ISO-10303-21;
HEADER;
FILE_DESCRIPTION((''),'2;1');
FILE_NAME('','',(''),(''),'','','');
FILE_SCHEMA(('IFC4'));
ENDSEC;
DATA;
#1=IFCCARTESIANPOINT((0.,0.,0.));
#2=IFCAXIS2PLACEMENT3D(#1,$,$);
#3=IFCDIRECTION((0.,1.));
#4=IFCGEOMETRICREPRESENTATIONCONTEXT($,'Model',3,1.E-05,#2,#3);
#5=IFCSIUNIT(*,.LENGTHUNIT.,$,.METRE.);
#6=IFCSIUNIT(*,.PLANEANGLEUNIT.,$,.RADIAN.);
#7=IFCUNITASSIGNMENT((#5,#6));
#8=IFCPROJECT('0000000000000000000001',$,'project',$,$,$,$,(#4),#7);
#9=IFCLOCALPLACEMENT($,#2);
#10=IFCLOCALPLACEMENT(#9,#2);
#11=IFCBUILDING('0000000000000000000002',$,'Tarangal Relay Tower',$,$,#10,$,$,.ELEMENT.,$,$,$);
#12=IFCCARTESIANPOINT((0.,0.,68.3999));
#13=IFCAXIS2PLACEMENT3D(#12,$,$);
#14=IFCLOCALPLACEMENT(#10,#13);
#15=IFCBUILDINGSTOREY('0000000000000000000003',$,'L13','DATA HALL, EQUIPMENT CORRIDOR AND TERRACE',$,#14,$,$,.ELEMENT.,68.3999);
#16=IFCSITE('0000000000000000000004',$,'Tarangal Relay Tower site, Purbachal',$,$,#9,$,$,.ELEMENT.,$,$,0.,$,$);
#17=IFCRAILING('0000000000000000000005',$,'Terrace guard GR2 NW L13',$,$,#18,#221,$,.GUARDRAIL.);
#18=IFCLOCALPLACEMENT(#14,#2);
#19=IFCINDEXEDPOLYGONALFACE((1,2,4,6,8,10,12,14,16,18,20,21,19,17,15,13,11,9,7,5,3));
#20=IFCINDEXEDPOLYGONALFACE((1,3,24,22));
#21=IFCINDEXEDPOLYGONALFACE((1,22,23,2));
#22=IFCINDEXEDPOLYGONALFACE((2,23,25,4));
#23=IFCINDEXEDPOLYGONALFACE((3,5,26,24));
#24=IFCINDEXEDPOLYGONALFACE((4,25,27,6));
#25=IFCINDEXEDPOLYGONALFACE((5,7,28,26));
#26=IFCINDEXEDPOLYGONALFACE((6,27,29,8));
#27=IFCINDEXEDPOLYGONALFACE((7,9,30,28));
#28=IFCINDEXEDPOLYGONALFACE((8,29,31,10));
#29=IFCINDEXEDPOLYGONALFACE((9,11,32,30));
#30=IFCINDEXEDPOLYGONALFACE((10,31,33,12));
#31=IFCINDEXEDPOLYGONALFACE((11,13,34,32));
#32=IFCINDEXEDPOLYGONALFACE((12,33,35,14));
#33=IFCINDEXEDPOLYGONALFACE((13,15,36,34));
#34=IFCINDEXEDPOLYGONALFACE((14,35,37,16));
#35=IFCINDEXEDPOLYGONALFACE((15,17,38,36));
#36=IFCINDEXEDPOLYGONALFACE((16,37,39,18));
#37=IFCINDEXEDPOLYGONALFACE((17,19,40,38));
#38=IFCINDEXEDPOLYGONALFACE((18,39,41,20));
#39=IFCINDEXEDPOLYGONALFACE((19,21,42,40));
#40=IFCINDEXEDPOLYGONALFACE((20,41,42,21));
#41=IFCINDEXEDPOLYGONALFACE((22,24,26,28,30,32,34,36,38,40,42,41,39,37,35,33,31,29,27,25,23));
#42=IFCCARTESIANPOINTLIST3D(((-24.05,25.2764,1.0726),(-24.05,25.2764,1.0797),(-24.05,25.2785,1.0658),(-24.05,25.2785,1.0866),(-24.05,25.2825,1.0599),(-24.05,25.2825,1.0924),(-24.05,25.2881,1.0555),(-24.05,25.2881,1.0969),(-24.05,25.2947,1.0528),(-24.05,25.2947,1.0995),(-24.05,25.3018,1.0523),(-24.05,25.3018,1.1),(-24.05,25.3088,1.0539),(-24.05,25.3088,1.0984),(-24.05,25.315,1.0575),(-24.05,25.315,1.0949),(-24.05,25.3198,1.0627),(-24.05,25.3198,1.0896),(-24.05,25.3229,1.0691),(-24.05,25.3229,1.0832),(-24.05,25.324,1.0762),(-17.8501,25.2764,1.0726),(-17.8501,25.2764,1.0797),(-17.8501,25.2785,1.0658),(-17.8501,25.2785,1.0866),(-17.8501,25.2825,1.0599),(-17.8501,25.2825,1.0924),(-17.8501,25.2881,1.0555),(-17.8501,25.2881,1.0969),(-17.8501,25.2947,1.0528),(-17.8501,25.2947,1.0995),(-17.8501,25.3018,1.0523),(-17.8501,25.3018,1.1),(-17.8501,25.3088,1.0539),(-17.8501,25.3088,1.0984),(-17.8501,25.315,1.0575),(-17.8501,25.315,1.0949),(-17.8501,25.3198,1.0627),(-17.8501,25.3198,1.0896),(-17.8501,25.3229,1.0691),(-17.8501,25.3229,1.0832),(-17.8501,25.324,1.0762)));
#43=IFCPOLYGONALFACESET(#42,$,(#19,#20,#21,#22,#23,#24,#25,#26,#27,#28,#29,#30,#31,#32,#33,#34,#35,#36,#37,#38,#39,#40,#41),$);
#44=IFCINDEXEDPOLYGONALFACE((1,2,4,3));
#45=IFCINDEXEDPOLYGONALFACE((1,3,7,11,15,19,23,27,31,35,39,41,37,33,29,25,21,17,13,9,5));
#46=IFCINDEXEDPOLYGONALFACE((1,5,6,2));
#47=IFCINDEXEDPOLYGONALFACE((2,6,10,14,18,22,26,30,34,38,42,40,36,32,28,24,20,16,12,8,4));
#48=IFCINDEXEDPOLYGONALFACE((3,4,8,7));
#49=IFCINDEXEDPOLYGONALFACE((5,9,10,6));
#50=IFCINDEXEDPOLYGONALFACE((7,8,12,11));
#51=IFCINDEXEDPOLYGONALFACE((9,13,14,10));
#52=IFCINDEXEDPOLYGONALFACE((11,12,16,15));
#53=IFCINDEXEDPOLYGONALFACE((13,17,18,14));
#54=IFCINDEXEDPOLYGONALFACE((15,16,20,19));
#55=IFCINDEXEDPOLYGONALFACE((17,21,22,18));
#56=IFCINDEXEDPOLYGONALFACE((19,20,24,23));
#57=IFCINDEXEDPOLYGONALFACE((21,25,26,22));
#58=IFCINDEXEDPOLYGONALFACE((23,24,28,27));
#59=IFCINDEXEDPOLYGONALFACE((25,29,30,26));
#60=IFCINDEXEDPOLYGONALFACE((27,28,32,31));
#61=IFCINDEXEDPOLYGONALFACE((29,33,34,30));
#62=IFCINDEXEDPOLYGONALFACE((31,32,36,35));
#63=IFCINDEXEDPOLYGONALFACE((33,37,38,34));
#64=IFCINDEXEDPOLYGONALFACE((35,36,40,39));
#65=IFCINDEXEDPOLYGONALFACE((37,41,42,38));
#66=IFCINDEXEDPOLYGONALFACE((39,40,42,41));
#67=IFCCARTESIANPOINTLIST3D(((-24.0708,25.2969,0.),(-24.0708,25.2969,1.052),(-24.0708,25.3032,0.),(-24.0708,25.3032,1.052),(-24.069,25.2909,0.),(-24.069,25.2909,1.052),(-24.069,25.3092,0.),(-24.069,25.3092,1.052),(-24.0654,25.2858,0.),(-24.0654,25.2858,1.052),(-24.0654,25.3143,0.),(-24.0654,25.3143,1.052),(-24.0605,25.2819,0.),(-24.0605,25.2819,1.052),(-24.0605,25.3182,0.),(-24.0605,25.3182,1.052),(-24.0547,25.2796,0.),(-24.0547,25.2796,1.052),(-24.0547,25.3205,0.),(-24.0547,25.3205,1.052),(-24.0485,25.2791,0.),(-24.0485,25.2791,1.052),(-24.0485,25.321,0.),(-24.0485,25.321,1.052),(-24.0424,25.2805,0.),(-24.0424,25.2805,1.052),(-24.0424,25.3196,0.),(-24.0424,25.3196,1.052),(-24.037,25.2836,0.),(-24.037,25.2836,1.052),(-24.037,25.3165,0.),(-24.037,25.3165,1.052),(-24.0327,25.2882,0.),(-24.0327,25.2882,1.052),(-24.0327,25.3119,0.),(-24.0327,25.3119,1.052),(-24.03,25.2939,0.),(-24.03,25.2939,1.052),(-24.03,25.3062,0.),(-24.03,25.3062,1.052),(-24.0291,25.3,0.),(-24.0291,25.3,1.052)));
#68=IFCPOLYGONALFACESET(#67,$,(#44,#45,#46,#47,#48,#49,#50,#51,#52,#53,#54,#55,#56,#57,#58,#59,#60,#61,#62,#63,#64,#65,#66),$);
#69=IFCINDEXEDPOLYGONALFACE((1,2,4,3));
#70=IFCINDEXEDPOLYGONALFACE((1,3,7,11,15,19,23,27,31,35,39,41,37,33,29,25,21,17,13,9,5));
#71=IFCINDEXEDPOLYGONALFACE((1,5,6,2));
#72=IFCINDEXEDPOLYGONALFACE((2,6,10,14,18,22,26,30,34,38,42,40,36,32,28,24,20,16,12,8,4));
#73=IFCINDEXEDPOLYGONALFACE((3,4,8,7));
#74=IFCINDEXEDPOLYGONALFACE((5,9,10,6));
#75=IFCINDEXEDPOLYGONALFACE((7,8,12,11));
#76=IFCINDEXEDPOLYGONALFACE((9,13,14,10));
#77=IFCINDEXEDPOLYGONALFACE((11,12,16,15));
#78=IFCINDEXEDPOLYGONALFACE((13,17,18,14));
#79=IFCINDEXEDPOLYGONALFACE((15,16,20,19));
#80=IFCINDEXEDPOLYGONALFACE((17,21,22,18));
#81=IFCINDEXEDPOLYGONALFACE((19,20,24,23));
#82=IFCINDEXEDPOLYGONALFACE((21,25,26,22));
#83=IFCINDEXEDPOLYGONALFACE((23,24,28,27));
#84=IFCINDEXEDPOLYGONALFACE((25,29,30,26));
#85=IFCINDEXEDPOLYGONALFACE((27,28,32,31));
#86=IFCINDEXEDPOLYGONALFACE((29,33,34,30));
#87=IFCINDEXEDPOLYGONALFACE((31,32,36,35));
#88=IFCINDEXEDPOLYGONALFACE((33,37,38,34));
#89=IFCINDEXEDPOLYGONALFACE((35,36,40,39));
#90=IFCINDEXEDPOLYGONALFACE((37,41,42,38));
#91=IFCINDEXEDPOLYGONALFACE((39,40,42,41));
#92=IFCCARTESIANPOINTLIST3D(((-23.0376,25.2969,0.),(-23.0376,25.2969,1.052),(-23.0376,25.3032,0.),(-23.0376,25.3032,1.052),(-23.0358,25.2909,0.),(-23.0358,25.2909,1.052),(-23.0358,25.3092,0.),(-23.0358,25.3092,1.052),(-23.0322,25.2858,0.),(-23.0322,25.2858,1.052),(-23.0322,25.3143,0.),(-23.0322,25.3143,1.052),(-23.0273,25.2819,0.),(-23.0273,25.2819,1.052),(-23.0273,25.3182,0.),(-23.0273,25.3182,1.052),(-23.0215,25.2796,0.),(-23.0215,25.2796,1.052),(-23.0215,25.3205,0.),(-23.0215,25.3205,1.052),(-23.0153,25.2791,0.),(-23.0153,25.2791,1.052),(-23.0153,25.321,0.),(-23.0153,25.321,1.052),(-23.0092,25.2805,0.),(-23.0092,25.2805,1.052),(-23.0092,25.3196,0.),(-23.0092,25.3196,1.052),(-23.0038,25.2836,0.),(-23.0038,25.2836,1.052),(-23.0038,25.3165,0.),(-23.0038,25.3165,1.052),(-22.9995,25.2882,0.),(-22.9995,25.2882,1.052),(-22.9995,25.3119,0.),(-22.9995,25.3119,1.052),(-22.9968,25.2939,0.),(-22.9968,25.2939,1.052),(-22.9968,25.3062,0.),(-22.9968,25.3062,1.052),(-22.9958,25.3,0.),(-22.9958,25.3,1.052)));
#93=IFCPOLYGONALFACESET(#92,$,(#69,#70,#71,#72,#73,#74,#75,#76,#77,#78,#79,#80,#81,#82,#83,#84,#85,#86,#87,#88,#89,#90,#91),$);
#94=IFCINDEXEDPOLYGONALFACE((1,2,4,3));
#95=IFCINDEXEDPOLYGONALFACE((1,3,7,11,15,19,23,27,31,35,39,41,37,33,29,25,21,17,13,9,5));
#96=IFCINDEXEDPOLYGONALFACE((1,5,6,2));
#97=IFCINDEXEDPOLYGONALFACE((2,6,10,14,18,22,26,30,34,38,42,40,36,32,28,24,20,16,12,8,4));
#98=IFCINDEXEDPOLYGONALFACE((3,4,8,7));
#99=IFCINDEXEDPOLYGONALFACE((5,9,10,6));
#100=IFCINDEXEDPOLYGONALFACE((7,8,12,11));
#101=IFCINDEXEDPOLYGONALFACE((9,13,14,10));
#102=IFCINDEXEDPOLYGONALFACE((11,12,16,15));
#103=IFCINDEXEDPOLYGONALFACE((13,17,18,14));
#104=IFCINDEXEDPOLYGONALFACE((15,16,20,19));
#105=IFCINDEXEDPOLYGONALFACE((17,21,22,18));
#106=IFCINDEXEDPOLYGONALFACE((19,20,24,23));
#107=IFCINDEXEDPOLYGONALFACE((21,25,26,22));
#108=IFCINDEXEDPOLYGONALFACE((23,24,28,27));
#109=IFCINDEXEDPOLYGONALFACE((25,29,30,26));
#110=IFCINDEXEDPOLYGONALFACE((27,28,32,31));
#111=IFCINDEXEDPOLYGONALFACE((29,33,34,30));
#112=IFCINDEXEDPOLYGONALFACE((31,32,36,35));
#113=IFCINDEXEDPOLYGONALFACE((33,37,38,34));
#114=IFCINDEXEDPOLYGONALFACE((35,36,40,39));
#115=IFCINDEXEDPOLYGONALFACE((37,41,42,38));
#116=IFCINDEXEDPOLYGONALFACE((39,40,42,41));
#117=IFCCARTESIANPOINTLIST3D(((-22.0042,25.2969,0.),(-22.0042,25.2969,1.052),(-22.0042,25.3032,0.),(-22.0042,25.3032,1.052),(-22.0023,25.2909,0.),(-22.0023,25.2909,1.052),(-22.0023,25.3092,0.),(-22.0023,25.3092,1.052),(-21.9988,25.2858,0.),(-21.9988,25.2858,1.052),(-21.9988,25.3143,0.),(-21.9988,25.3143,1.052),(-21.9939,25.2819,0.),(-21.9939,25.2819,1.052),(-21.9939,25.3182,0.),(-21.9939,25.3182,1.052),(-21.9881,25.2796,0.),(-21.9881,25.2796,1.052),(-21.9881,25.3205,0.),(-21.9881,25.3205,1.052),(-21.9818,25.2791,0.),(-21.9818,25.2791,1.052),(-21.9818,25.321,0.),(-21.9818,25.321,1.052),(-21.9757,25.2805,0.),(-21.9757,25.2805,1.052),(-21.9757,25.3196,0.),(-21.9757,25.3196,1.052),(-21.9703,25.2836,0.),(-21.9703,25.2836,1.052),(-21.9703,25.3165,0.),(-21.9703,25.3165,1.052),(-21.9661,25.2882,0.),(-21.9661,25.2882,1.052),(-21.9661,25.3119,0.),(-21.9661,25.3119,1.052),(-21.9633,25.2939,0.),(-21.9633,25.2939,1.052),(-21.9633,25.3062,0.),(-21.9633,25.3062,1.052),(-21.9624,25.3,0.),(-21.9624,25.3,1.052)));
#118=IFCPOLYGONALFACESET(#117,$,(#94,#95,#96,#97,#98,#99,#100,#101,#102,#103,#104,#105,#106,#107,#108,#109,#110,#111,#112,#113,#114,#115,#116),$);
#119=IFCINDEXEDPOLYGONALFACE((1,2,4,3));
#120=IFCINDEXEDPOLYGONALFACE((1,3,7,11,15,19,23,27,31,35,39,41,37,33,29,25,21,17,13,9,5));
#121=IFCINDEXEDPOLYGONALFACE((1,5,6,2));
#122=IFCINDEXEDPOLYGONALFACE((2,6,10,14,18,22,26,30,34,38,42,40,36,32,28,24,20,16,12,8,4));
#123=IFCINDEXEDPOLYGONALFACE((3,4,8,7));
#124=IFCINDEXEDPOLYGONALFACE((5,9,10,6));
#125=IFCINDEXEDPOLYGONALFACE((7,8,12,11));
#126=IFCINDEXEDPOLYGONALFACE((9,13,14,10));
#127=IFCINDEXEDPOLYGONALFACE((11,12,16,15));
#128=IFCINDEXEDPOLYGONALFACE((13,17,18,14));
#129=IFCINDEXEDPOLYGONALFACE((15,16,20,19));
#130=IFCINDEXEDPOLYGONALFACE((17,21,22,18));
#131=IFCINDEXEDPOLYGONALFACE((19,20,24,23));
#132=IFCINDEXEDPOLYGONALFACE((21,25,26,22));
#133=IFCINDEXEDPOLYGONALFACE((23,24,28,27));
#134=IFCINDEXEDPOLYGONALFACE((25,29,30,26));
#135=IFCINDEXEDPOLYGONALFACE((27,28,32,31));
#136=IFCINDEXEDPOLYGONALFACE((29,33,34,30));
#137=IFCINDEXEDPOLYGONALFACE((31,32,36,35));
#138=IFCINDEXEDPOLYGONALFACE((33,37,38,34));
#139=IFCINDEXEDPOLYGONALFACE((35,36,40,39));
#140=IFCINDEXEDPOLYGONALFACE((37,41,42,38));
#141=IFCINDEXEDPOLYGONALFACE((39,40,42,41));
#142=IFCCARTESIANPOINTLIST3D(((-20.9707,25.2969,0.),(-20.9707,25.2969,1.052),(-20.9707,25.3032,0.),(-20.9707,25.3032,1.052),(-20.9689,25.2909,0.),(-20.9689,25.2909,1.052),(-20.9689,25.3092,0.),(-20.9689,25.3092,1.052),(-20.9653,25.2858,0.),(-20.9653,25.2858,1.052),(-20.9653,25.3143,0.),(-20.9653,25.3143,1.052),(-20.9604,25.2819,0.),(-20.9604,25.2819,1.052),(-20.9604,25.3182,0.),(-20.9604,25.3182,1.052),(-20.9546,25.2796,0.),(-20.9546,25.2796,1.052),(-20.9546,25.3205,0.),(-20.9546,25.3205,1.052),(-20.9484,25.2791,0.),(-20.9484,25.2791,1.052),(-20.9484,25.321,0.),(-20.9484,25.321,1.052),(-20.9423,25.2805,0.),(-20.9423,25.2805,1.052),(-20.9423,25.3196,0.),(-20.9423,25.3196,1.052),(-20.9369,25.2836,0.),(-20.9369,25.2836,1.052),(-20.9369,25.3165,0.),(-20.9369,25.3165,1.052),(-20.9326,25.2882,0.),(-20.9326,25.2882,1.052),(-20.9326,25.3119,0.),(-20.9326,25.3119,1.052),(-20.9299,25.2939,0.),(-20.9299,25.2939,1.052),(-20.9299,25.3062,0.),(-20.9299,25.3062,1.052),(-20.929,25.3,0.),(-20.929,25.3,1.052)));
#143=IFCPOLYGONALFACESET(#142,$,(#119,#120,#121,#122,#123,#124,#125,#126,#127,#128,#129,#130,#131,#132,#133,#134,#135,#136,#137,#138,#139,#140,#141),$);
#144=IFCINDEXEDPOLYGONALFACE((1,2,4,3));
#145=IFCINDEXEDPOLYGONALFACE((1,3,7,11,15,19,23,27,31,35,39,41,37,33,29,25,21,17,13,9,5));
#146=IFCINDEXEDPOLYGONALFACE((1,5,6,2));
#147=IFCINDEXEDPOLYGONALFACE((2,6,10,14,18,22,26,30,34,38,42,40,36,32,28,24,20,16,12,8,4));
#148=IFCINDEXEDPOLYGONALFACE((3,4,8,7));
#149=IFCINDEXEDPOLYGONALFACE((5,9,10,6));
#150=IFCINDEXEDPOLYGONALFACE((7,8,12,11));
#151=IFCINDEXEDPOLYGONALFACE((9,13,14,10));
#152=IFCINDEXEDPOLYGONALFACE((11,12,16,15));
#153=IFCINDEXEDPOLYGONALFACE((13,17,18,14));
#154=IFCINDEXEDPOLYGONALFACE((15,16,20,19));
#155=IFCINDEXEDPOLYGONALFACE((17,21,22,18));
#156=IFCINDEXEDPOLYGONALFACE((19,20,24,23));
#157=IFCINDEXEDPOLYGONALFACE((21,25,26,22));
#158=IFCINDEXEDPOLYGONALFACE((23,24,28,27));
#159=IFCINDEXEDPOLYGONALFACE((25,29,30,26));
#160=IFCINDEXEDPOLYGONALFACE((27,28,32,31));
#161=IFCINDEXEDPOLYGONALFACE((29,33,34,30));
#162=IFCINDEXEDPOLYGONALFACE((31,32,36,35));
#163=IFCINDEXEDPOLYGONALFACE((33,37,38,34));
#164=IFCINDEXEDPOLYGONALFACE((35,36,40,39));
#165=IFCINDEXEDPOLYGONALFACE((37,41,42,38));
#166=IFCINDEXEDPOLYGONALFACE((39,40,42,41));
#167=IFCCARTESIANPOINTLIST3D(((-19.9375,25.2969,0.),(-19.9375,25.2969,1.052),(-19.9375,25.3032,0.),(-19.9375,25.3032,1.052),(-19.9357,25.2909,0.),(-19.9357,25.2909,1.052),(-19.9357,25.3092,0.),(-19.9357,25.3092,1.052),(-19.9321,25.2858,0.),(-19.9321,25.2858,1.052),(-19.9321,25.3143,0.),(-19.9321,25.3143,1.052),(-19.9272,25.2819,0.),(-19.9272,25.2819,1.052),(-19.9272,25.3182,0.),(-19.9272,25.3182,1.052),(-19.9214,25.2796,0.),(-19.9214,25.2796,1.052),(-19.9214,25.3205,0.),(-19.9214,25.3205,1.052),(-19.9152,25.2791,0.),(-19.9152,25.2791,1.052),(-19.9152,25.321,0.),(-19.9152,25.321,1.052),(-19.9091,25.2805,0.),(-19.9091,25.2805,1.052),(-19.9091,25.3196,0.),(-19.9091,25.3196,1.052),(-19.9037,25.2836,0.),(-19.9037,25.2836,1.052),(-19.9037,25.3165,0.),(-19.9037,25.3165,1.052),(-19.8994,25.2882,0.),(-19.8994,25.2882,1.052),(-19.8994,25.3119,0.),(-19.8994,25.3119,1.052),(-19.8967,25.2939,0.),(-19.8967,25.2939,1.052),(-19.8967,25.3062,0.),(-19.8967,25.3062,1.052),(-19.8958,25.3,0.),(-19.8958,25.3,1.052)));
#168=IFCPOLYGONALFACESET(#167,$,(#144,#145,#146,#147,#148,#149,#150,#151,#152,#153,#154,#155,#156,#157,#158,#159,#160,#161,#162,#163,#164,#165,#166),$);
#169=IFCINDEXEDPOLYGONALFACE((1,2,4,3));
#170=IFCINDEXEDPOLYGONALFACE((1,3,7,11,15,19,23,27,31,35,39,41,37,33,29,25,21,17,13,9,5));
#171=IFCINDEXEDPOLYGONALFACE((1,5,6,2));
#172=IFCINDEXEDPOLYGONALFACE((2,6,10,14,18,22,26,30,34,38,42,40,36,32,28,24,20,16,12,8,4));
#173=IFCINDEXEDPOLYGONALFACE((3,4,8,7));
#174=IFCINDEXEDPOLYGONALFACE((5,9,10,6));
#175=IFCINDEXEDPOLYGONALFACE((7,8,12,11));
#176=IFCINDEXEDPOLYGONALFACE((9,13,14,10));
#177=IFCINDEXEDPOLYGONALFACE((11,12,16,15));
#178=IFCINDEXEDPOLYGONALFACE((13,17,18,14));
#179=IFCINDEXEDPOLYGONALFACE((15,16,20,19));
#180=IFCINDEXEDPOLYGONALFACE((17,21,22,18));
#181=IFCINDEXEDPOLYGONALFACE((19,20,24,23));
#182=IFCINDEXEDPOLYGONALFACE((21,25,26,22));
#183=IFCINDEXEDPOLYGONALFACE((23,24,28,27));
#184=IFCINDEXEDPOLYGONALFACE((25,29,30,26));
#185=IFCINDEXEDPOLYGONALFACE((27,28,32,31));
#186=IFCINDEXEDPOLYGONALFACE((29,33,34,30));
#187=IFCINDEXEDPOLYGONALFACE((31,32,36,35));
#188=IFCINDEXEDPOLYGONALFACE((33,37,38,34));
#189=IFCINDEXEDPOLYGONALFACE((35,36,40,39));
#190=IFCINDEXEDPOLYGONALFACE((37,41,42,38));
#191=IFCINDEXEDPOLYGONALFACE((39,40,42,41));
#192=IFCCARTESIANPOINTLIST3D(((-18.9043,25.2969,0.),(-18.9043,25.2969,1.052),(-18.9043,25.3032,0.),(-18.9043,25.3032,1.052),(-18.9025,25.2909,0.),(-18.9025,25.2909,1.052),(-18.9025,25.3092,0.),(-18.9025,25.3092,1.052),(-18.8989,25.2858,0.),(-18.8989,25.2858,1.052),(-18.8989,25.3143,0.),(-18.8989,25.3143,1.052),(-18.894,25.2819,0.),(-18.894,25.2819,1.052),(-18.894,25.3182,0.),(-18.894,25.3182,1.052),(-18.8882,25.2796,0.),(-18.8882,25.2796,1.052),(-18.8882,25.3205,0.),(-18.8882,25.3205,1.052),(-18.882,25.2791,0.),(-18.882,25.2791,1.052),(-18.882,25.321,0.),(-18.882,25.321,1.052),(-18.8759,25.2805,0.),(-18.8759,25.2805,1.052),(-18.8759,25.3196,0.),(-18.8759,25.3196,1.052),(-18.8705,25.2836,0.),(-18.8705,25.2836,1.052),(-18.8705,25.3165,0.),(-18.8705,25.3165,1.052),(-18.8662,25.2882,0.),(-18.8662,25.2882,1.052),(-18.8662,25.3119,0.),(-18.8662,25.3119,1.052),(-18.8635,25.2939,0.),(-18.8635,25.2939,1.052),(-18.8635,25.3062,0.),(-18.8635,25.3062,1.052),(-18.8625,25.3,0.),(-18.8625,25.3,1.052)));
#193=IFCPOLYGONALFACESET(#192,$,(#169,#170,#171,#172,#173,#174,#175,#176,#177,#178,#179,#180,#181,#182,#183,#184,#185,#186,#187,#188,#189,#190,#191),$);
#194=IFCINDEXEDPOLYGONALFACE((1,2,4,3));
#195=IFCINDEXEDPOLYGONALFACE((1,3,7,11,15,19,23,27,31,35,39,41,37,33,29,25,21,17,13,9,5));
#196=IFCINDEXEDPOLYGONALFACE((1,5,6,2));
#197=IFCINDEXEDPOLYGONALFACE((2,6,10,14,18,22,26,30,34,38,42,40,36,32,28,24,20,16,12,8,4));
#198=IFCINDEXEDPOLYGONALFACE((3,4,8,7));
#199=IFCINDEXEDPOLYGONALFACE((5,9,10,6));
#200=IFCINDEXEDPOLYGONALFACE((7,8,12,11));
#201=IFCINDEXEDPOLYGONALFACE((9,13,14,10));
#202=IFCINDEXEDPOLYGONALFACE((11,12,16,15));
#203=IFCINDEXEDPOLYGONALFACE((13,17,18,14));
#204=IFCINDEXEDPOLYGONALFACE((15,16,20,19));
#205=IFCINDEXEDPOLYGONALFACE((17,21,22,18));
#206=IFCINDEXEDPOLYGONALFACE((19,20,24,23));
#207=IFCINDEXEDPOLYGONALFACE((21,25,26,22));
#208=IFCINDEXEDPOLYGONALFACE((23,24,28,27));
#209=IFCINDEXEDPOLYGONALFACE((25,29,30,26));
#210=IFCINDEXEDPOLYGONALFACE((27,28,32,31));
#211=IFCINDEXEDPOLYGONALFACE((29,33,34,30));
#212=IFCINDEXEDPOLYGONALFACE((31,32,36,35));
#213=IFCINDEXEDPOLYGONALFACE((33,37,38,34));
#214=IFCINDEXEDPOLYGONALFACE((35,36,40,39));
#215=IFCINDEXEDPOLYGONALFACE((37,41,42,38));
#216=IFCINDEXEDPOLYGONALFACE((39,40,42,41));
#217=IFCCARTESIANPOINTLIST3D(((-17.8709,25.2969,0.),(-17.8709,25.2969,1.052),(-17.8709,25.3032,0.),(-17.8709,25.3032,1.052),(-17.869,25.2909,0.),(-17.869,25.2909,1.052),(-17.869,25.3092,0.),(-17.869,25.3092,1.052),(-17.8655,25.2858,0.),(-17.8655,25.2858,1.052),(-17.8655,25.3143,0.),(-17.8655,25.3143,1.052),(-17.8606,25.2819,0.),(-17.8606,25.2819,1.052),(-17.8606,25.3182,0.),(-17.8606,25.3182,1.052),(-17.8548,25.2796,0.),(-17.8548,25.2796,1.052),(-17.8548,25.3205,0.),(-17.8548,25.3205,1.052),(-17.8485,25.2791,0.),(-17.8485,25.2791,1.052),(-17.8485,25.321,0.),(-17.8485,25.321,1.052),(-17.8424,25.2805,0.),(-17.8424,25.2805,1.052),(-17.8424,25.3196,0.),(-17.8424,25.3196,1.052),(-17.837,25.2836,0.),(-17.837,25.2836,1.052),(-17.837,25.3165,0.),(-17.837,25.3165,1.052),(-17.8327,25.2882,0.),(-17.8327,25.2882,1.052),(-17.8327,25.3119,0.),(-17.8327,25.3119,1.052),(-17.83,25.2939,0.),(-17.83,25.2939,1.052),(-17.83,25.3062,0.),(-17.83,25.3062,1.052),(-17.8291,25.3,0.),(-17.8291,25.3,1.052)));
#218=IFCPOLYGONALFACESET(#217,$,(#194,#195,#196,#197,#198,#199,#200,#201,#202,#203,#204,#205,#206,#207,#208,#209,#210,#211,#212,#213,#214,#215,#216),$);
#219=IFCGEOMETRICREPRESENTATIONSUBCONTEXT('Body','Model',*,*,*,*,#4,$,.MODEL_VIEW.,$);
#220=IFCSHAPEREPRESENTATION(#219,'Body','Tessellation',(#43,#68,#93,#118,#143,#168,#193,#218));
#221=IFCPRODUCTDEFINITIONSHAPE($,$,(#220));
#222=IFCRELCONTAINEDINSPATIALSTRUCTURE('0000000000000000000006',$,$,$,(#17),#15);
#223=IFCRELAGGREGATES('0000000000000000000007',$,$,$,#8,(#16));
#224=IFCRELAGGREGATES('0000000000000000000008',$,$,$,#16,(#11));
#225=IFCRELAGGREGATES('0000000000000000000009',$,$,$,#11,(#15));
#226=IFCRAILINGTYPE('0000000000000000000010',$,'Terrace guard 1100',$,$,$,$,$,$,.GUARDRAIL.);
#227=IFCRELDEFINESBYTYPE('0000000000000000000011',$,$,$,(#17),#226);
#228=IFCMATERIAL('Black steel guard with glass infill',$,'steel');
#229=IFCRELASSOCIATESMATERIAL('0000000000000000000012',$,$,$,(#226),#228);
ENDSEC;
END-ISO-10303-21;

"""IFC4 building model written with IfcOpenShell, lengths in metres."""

from ifc_helpers import new_model, si_unit, direction, frame, origin, origin_2d, place, context, subcontext, project, spatial, circle, extrude, material, type_object, element, save


model = new_model("IFC4")

# Units and contexts
model_context = context("Model", 3, precision=1e-05, world=origin(), true_north=direction((0.0, 1.0)))
body_context = subcontext(model_context, "Body", "Model", "MODEL_VIEW")
ifc_project = project(units=[si_unit("LENGTHUNIT", "METRE"), si_unit("PLANEANGLEUNIT", "RADIAN")], contexts=[model_context])

# Site, building, storey
site_placement = place(None, origin())
site = spatial("IfcSite", under=ifc_project, at=site_placement, Name="Tarangal Relay Tower site, Purbachal", CompositionType="ELEMENT", RefElevation=0.0)
building_placement = place(site_placement, origin())
building = spatial("IfcBuilding", under=site, at=building_placement, Name="Tarangal Relay Tower", CompositionType="ELEMENT")
storey_placement = place(building_placement, frame((0.0, 0.0, 68.3999)))
storey = spatial("IfcBuildingStorey", under=building, at=storey_placement, Name="L13", Description="DATA HALL, EQUIPMENT CORRIDOR AND TERRACE", CompositionType="ELEMENT", Elevation=68.3999)

# Railing
ifc_material_1 = material(Name="Black steel guard with glass infill", Category="steel")
railing_type = type_object("IfcRailingType", Name="Terrace guard 1100", PredefinedType="GUARDRAIL", material=ifc_material_1)
railing_1_placement = place(storey_placement, frame((-24.05, 25.3, 0.0)))
element("IfcRailing", 1, at=railing_1_placement, inside=storey, type_object=railing_type, Name="Terrace guard GR2 NW L13", PredefinedType="GUARDRAIL", context=body_context, shape_type="SweptSolid", body=[
    extrude(circle(Radius=0.0239, at=origin_2d()), frame((0.0, 0.0, 1.0762), z_axis=(1.0, 0.0, 0.0), x_axis=(0.0, 1.0, 0.0)), (0.0, 0.0, 1.0), 6.2),
    extrude(circle(Radius=0.021, at=origin_2d()), origin(), (0.0, 0.0, 1.0), 1.052),
    extrude(circle(Radius=0.021, at=origin_2d()), frame((1.0332, 0.0, 0.0)), (0.0, 0.0, 1.0), 1.052),
    extrude(circle(Radius=0.021, at=origin_2d()), frame((2.0667, 0.0, 0.0)), (0.0, 0.0, 1.0), 1.052),
    extrude(circle(Radius=0.021, at=origin_2d()), frame((3.1001, 0.0, 0.0)), (0.0, 0.0, 1.0), 1.052),
    extrude(circle(Radius=0.021, at=origin_2d()), frame((4.1333, 0.0, 0.0)), (0.0, 0.0, 1.0), 1.052),
    extrude(circle(Radius=0.021, at=origin_2d()), frame((5.1665, 0.0, 0.0)), (0.0, 0.0, 1.0), 1.052),
    extrude(circle(Radius=0.021, at=origin_2d()), frame((6.2, 0.0, 0.0)), (0.0, 0.0, 1.0), 1.052),
])

save(model, "model.ifc")
